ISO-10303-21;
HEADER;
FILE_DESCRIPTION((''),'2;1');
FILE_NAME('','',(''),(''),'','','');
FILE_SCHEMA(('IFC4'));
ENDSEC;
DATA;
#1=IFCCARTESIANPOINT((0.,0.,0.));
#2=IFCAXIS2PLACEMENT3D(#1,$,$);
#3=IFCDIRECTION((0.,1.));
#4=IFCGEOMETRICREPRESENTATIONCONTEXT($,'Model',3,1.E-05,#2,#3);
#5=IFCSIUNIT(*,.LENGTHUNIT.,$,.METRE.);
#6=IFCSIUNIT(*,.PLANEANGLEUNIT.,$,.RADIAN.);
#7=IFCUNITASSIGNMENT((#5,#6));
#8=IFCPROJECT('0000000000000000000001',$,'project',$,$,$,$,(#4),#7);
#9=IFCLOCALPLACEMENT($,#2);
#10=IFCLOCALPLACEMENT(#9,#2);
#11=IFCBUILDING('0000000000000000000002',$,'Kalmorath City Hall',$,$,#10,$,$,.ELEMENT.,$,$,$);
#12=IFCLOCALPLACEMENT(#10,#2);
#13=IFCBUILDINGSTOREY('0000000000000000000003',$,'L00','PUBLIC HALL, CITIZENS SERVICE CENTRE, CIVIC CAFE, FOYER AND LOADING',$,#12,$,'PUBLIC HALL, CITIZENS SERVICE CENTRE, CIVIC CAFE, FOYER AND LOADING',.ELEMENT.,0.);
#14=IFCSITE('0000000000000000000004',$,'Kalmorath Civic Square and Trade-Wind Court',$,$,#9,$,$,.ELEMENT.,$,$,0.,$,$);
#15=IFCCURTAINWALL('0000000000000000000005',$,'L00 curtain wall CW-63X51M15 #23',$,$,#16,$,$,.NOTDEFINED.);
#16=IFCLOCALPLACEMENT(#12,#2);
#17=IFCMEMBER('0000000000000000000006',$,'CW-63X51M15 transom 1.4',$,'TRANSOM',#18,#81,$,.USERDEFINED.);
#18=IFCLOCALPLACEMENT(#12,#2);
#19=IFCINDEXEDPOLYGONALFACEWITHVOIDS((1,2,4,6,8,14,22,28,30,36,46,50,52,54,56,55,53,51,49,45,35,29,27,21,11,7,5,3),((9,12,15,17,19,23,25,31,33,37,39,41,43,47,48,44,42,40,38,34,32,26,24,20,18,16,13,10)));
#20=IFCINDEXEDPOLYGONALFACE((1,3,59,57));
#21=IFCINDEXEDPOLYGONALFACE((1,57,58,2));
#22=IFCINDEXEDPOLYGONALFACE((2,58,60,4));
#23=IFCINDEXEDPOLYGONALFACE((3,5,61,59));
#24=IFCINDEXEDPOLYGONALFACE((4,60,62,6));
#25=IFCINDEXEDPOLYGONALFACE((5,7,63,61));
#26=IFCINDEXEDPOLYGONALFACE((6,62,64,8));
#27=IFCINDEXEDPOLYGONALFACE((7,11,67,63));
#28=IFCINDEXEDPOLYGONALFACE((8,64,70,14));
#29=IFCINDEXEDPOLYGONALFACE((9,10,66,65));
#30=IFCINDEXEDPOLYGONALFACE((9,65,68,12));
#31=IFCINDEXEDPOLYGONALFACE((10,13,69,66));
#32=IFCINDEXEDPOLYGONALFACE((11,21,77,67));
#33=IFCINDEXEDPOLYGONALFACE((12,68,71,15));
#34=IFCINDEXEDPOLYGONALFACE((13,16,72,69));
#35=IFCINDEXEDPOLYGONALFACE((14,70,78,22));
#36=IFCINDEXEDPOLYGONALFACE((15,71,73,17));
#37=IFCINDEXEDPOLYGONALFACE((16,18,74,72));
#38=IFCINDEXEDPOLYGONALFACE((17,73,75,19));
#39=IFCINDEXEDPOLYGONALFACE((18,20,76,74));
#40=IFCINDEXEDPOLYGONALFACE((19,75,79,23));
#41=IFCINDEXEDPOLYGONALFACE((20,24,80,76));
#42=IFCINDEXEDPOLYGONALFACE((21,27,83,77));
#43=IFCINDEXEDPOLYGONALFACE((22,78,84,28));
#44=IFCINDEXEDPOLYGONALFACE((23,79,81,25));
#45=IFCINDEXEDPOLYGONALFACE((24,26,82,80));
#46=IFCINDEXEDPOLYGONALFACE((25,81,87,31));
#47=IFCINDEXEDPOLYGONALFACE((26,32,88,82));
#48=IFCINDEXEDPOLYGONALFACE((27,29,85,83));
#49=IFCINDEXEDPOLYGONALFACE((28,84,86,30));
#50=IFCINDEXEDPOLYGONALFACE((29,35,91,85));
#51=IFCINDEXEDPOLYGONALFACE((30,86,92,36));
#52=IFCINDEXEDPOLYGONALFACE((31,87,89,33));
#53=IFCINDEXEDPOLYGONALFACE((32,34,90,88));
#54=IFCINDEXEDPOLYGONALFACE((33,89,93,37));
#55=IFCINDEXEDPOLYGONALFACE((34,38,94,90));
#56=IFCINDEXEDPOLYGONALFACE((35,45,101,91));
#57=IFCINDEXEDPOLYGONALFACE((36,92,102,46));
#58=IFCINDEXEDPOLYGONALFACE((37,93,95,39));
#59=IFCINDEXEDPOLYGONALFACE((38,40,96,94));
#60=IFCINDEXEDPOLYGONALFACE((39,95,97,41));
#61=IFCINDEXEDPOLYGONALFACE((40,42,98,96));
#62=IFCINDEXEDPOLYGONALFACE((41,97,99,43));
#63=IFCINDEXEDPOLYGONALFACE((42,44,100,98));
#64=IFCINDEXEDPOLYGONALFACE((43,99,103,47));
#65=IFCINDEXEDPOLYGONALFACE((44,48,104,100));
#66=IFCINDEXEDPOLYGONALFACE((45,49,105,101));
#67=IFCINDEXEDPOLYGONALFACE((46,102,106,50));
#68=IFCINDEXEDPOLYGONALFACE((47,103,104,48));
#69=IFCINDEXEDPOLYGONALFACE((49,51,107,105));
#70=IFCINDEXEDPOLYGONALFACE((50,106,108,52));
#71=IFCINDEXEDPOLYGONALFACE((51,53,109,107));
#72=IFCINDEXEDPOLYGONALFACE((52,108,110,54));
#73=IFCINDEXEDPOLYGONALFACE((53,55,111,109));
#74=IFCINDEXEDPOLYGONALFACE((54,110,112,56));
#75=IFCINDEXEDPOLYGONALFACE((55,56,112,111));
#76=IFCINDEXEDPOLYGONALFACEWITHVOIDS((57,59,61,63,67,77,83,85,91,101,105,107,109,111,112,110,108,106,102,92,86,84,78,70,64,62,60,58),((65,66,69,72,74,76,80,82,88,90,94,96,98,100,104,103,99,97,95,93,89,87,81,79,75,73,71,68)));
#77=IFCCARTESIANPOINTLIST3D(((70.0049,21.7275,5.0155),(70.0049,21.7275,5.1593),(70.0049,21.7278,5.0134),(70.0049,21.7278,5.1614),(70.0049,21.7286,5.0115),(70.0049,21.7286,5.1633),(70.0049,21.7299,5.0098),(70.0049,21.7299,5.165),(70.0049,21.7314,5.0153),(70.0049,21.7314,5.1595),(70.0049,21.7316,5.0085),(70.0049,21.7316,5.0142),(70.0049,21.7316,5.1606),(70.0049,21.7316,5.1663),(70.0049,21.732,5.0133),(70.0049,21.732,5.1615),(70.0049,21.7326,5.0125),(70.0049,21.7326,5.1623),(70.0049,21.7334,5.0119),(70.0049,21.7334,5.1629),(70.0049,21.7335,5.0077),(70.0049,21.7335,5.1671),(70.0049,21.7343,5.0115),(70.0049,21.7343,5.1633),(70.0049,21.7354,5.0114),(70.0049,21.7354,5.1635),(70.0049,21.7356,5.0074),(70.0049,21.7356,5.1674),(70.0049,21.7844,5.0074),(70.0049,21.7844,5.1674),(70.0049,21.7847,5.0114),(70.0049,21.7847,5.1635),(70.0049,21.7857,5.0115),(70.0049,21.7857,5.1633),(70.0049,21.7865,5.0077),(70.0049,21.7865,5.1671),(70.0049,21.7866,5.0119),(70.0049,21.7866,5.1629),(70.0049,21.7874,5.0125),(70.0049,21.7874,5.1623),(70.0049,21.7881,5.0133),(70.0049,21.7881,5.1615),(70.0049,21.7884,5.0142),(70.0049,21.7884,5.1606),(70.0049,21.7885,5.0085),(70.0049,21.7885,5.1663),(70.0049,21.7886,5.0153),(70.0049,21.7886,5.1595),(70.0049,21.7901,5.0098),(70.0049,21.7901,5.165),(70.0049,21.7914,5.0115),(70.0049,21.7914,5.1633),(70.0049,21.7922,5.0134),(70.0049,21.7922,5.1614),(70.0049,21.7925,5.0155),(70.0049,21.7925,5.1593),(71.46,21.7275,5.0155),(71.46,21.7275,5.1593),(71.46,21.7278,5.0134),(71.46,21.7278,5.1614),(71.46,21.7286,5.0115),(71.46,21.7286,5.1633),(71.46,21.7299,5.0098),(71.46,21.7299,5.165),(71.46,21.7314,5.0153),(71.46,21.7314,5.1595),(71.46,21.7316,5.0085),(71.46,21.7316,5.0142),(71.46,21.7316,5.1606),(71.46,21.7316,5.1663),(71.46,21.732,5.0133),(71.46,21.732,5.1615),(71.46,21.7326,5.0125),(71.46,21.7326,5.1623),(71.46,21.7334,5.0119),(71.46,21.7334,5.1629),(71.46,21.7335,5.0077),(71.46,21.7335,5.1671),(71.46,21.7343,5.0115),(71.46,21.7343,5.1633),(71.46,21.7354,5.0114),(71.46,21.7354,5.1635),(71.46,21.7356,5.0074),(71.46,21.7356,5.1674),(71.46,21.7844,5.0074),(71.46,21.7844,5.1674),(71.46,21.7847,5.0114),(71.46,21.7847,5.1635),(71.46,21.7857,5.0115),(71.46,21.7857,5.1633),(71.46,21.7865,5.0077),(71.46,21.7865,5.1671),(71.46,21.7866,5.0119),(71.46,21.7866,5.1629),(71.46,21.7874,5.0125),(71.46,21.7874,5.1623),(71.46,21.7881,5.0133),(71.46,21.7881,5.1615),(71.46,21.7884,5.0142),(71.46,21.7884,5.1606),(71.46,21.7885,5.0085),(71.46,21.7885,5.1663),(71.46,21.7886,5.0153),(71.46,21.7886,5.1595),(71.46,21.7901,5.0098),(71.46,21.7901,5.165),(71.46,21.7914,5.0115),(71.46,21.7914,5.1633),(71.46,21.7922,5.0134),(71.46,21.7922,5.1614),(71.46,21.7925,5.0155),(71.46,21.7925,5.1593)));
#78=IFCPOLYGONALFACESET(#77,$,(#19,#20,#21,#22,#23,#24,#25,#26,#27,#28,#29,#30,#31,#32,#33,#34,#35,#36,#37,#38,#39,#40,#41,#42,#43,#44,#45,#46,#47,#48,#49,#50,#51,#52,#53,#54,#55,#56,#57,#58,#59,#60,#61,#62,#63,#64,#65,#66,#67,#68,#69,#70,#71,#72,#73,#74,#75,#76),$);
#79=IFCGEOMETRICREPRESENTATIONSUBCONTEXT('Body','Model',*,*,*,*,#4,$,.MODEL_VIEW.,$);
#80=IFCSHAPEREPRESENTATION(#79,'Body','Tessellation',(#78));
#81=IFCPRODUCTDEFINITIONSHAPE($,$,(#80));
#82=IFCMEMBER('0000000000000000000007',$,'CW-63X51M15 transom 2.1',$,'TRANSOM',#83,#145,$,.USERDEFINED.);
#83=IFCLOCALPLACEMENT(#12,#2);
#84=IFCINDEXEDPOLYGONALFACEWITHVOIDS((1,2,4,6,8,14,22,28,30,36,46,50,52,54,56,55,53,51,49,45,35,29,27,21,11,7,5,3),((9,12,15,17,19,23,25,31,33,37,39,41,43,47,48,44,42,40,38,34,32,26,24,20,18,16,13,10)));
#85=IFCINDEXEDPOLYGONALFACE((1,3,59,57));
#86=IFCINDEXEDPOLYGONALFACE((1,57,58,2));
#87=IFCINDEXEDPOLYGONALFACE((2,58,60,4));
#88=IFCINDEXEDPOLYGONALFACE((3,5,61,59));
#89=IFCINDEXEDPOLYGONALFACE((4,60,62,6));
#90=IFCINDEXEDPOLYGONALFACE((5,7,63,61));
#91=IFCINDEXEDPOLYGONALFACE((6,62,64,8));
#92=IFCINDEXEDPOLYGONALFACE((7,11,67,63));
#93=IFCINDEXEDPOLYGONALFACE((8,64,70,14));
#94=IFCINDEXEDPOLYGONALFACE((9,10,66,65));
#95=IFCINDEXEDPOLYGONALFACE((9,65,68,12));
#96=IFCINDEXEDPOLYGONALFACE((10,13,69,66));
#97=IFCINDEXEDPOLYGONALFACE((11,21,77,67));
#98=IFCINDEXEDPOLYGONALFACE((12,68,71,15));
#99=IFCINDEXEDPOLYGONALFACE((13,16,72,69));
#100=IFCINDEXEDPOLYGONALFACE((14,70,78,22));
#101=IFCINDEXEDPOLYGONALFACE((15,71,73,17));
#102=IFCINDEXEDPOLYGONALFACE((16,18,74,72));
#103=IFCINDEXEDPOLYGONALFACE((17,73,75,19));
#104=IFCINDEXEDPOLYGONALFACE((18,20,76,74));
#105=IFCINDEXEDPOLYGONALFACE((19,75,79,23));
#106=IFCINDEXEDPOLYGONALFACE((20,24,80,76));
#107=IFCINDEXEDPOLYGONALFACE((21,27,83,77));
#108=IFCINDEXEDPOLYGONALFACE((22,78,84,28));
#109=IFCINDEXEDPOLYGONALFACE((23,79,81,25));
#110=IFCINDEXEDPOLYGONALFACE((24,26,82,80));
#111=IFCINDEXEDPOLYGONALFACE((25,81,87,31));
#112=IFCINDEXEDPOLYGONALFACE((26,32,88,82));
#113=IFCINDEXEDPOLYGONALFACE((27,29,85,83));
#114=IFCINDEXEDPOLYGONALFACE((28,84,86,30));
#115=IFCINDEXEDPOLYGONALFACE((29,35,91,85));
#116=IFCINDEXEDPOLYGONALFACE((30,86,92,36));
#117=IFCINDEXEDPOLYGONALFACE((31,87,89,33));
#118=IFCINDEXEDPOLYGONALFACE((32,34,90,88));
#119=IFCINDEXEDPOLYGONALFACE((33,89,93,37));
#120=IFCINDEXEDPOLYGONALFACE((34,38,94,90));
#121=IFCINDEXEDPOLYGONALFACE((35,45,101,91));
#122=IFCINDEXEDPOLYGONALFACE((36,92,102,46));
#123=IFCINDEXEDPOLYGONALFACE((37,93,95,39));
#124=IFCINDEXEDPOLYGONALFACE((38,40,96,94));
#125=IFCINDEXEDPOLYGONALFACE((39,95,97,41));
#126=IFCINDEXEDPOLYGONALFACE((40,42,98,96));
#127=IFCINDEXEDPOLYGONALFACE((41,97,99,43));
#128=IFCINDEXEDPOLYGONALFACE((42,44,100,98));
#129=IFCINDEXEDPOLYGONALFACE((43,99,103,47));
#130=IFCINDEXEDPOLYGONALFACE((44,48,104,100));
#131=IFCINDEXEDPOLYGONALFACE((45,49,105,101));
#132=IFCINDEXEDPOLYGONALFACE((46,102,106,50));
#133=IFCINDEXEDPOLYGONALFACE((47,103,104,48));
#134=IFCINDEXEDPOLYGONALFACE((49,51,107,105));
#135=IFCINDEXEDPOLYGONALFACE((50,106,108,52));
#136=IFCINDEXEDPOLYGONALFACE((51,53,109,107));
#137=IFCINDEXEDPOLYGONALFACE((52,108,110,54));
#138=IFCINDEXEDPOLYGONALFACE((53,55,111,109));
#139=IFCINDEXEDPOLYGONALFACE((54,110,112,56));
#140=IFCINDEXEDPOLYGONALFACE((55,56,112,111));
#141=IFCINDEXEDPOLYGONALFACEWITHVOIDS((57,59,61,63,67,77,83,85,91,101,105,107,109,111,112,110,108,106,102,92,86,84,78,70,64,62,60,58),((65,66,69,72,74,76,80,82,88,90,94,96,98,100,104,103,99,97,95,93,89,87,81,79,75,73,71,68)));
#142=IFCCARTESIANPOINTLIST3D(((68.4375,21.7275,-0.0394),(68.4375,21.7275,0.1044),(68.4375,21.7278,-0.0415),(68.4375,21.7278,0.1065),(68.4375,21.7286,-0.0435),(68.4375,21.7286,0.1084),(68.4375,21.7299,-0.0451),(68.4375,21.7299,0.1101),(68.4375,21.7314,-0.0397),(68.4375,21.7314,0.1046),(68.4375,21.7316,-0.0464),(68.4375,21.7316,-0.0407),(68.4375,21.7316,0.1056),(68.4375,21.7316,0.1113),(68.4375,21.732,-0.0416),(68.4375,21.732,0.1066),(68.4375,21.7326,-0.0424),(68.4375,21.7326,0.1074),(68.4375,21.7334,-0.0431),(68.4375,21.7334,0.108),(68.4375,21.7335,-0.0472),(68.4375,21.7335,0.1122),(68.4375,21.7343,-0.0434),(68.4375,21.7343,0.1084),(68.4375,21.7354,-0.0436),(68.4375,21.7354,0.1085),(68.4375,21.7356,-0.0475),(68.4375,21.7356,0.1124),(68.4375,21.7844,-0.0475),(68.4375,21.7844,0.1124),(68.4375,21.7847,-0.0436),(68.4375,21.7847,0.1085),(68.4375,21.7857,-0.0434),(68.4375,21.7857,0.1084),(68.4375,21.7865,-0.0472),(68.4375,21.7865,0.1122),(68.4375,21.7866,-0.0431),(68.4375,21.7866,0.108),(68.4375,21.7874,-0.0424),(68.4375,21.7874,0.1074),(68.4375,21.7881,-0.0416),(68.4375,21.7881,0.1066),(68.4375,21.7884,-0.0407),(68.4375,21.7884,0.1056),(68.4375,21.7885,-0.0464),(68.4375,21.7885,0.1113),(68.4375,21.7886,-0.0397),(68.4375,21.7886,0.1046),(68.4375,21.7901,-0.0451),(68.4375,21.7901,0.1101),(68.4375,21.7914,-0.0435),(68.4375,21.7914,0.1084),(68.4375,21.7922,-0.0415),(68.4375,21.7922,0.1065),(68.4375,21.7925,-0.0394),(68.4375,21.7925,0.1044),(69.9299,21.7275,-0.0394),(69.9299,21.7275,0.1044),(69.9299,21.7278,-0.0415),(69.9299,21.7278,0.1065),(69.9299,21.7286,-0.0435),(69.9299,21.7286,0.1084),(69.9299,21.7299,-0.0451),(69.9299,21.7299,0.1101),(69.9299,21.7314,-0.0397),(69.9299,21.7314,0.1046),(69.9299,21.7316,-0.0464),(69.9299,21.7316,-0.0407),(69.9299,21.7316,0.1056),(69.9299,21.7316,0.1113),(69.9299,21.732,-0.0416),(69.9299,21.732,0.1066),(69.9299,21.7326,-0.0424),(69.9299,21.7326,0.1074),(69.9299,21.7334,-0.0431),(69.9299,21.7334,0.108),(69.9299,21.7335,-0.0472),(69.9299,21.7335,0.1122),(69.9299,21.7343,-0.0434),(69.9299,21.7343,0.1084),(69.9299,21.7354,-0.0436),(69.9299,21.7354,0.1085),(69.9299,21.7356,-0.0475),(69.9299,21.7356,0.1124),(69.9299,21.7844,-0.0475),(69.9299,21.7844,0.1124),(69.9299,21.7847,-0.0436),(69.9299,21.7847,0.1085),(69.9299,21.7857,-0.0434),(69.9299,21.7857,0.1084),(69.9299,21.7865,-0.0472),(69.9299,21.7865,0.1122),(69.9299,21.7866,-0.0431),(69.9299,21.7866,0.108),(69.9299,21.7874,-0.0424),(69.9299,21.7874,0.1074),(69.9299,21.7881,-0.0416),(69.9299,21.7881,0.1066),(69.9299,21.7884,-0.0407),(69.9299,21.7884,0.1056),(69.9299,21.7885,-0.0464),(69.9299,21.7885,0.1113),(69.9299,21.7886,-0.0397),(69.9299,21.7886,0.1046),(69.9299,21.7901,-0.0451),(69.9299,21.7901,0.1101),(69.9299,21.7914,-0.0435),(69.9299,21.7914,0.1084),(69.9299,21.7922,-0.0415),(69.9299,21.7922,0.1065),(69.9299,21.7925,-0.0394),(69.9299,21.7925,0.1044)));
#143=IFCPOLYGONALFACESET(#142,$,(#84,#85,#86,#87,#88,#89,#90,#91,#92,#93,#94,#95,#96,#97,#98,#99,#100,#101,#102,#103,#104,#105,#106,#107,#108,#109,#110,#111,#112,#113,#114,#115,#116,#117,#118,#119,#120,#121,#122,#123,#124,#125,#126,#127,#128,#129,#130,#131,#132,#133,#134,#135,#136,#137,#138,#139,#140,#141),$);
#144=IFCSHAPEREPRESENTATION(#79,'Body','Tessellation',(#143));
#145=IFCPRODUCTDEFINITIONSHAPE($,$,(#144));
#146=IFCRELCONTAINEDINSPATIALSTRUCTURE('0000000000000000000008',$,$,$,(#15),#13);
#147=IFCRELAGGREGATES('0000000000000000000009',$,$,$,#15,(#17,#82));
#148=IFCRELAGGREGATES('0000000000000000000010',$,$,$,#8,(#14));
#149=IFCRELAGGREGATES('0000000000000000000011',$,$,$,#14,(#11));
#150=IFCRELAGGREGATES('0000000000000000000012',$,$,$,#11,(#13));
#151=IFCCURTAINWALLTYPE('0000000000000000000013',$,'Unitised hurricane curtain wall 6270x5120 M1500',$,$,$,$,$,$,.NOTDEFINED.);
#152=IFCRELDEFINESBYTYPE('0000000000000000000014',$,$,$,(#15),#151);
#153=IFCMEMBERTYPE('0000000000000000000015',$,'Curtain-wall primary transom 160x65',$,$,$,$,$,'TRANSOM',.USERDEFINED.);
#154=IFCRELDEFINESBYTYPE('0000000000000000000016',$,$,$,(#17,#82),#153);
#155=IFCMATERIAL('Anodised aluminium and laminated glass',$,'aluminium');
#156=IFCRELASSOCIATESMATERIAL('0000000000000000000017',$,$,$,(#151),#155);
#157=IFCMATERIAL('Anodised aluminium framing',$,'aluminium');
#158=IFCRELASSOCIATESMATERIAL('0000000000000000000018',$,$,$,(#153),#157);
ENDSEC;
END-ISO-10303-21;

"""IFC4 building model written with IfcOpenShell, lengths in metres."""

from ifc_helpers import new_model, si_unit, direction, frame, origin, origin_2d, place, context, subcontext, project, spatial, hollow_rectangle, extrude, material, material_profile, profile_set, type_object, element, aggregate, save


model = new_model("IFC4")

# Units and contexts
model_context = context("Model", 3, precision=1e-05, world=origin(), true_north=direction((0.0, 1.0)))
body_context = subcontext(model_context, "Body", "Model", "MODEL_VIEW")
ifc_project = project(units=[si_unit("LENGTHUNIT", "METRE"), si_unit("PLANEANGLEUNIT", "RADIAN")], contexts=[model_context])

# Site, building, storey
site_placement = place(None, origin())
site = spatial("IfcSite", under=ifc_project, at=site_placement, Name="Kalmorath Civic Square and Trade-Wind Court", CompositionType="ELEMENT", RefElevation=0.0)
building_placement = place(site_placement, origin())
building = spatial("IfcBuilding", under=site, at=building_placement, Name="Kalmorath City Hall", CompositionType="ELEMENT")
storey_placement = place(building_placement, origin())
storey = spatial("IfcBuildingStorey", under=building, at=storey_placement, Name="L00", Description="PUBLIC HALL, CITIZENS SERVICE CENTRE, CIVIC CAFE, FOYER AND LOADING", LongName="PUBLIC HALL, CITIZENS SERVICE CENTRE, CIVIC CAFE, FOYER AND LOADING", CompositionType="ELEMENT", Elevation=0.0)

# Curtain wall
ifc_material_1 = material(Name="Anodised aluminium and laminated glass", Category="aluminium")
curtain_wall_type_1 = type_object("IfcCurtainWallType", Name="Unitised hurricane curtain wall 6270x5120 M1500", PredefinedType="NOTDEFINED", material=ifc_material_1)
curtain_wall_1_placement = place(storey_placement, origin())
curtain_wall_1 = element("IfcCurtainWall", 1, at=curtain_wall_1_placement, inside=storey, type_object=curtain_wall_type_1, Name="L00 curtain wall CW-63X51M15 #23", PredefinedType="NOTDEFINED")

# Members
ifc_material_2 = material(Name="Anodised aluminium framing", Category="aluminium")
ifc_material_profile_1 = material_profile(ifc_material_2, hollow_rectangle(XDim=0.0649, YDim=0.1599, WallThickness=0.0039, InnerFilletRadius=0.0039, OuterFilletRadius=0.0081, at=origin_2d()), Name="ALU-TRN-160X65X4")
ifc_profile_set_1 = profile_set([ifc_material_profile_1], Name="Anodised aluminium framing")
member_type_1 = type_object("IfcMemberType", Name="Curtain-wall primary transom 160x65", ElementType="TRANSOM", PredefinedType="USERDEFINED", material=ifc_profile_set_1)
member_1_placement = place(storey_placement, frame((71.46, 21.76, 5.0874), z_axis=(-1.0, 0.0, 0.0), x_axis=(0.0, -1.0, 0.0)))
member_1 = element("IfcMember", 2, at=member_1_placement, type_object=member_type_1, Name="CW-63X51M15 transom 1.4", ObjectType="TRANSOM", PredefinedType="USERDEFINED", context=body_context, shape_type="SweptSolid", body=[
    extrude(hollow_rectangle(XDim=0.0649, YDim=0.1599, WallThickness=0.0039, InnerFilletRadius=0.0039, OuterFilletRadius=0.0081, at=origin_2d()), origin(), (0.0, 0.0, 1.0), 1.4551),
])
member_2_placement = place(storey_placement, frame((69.9299, 21.76, 0.0325), z_axis=(-1.0, 0.0, 0.0), x_axis=(0.0, -1.0, 0.0)))
member_2 = element("IfcMember", 3, at=member_2_placement, type_object=member_type_1, Name="CW-63X51M15 transom 2.1", ObjectType="TRANSOM", PredefinedType="USERDEFINED", context=body_context, shape_type="SweptSolid", body=[
    extrude(hollow_rectangle(XDim=0.0649, YDim=0.1599, WallThickness=0.0039, InnerFilletRadius=0.0039, OuterFilletRadius=0.0081, at=origin_2d()), origin(), (0.0, 0.0, 1.0), 1.4924),
])

aggregate(curtain_wall_1, [member_1, member_2])

save(model, "model.ifc")
